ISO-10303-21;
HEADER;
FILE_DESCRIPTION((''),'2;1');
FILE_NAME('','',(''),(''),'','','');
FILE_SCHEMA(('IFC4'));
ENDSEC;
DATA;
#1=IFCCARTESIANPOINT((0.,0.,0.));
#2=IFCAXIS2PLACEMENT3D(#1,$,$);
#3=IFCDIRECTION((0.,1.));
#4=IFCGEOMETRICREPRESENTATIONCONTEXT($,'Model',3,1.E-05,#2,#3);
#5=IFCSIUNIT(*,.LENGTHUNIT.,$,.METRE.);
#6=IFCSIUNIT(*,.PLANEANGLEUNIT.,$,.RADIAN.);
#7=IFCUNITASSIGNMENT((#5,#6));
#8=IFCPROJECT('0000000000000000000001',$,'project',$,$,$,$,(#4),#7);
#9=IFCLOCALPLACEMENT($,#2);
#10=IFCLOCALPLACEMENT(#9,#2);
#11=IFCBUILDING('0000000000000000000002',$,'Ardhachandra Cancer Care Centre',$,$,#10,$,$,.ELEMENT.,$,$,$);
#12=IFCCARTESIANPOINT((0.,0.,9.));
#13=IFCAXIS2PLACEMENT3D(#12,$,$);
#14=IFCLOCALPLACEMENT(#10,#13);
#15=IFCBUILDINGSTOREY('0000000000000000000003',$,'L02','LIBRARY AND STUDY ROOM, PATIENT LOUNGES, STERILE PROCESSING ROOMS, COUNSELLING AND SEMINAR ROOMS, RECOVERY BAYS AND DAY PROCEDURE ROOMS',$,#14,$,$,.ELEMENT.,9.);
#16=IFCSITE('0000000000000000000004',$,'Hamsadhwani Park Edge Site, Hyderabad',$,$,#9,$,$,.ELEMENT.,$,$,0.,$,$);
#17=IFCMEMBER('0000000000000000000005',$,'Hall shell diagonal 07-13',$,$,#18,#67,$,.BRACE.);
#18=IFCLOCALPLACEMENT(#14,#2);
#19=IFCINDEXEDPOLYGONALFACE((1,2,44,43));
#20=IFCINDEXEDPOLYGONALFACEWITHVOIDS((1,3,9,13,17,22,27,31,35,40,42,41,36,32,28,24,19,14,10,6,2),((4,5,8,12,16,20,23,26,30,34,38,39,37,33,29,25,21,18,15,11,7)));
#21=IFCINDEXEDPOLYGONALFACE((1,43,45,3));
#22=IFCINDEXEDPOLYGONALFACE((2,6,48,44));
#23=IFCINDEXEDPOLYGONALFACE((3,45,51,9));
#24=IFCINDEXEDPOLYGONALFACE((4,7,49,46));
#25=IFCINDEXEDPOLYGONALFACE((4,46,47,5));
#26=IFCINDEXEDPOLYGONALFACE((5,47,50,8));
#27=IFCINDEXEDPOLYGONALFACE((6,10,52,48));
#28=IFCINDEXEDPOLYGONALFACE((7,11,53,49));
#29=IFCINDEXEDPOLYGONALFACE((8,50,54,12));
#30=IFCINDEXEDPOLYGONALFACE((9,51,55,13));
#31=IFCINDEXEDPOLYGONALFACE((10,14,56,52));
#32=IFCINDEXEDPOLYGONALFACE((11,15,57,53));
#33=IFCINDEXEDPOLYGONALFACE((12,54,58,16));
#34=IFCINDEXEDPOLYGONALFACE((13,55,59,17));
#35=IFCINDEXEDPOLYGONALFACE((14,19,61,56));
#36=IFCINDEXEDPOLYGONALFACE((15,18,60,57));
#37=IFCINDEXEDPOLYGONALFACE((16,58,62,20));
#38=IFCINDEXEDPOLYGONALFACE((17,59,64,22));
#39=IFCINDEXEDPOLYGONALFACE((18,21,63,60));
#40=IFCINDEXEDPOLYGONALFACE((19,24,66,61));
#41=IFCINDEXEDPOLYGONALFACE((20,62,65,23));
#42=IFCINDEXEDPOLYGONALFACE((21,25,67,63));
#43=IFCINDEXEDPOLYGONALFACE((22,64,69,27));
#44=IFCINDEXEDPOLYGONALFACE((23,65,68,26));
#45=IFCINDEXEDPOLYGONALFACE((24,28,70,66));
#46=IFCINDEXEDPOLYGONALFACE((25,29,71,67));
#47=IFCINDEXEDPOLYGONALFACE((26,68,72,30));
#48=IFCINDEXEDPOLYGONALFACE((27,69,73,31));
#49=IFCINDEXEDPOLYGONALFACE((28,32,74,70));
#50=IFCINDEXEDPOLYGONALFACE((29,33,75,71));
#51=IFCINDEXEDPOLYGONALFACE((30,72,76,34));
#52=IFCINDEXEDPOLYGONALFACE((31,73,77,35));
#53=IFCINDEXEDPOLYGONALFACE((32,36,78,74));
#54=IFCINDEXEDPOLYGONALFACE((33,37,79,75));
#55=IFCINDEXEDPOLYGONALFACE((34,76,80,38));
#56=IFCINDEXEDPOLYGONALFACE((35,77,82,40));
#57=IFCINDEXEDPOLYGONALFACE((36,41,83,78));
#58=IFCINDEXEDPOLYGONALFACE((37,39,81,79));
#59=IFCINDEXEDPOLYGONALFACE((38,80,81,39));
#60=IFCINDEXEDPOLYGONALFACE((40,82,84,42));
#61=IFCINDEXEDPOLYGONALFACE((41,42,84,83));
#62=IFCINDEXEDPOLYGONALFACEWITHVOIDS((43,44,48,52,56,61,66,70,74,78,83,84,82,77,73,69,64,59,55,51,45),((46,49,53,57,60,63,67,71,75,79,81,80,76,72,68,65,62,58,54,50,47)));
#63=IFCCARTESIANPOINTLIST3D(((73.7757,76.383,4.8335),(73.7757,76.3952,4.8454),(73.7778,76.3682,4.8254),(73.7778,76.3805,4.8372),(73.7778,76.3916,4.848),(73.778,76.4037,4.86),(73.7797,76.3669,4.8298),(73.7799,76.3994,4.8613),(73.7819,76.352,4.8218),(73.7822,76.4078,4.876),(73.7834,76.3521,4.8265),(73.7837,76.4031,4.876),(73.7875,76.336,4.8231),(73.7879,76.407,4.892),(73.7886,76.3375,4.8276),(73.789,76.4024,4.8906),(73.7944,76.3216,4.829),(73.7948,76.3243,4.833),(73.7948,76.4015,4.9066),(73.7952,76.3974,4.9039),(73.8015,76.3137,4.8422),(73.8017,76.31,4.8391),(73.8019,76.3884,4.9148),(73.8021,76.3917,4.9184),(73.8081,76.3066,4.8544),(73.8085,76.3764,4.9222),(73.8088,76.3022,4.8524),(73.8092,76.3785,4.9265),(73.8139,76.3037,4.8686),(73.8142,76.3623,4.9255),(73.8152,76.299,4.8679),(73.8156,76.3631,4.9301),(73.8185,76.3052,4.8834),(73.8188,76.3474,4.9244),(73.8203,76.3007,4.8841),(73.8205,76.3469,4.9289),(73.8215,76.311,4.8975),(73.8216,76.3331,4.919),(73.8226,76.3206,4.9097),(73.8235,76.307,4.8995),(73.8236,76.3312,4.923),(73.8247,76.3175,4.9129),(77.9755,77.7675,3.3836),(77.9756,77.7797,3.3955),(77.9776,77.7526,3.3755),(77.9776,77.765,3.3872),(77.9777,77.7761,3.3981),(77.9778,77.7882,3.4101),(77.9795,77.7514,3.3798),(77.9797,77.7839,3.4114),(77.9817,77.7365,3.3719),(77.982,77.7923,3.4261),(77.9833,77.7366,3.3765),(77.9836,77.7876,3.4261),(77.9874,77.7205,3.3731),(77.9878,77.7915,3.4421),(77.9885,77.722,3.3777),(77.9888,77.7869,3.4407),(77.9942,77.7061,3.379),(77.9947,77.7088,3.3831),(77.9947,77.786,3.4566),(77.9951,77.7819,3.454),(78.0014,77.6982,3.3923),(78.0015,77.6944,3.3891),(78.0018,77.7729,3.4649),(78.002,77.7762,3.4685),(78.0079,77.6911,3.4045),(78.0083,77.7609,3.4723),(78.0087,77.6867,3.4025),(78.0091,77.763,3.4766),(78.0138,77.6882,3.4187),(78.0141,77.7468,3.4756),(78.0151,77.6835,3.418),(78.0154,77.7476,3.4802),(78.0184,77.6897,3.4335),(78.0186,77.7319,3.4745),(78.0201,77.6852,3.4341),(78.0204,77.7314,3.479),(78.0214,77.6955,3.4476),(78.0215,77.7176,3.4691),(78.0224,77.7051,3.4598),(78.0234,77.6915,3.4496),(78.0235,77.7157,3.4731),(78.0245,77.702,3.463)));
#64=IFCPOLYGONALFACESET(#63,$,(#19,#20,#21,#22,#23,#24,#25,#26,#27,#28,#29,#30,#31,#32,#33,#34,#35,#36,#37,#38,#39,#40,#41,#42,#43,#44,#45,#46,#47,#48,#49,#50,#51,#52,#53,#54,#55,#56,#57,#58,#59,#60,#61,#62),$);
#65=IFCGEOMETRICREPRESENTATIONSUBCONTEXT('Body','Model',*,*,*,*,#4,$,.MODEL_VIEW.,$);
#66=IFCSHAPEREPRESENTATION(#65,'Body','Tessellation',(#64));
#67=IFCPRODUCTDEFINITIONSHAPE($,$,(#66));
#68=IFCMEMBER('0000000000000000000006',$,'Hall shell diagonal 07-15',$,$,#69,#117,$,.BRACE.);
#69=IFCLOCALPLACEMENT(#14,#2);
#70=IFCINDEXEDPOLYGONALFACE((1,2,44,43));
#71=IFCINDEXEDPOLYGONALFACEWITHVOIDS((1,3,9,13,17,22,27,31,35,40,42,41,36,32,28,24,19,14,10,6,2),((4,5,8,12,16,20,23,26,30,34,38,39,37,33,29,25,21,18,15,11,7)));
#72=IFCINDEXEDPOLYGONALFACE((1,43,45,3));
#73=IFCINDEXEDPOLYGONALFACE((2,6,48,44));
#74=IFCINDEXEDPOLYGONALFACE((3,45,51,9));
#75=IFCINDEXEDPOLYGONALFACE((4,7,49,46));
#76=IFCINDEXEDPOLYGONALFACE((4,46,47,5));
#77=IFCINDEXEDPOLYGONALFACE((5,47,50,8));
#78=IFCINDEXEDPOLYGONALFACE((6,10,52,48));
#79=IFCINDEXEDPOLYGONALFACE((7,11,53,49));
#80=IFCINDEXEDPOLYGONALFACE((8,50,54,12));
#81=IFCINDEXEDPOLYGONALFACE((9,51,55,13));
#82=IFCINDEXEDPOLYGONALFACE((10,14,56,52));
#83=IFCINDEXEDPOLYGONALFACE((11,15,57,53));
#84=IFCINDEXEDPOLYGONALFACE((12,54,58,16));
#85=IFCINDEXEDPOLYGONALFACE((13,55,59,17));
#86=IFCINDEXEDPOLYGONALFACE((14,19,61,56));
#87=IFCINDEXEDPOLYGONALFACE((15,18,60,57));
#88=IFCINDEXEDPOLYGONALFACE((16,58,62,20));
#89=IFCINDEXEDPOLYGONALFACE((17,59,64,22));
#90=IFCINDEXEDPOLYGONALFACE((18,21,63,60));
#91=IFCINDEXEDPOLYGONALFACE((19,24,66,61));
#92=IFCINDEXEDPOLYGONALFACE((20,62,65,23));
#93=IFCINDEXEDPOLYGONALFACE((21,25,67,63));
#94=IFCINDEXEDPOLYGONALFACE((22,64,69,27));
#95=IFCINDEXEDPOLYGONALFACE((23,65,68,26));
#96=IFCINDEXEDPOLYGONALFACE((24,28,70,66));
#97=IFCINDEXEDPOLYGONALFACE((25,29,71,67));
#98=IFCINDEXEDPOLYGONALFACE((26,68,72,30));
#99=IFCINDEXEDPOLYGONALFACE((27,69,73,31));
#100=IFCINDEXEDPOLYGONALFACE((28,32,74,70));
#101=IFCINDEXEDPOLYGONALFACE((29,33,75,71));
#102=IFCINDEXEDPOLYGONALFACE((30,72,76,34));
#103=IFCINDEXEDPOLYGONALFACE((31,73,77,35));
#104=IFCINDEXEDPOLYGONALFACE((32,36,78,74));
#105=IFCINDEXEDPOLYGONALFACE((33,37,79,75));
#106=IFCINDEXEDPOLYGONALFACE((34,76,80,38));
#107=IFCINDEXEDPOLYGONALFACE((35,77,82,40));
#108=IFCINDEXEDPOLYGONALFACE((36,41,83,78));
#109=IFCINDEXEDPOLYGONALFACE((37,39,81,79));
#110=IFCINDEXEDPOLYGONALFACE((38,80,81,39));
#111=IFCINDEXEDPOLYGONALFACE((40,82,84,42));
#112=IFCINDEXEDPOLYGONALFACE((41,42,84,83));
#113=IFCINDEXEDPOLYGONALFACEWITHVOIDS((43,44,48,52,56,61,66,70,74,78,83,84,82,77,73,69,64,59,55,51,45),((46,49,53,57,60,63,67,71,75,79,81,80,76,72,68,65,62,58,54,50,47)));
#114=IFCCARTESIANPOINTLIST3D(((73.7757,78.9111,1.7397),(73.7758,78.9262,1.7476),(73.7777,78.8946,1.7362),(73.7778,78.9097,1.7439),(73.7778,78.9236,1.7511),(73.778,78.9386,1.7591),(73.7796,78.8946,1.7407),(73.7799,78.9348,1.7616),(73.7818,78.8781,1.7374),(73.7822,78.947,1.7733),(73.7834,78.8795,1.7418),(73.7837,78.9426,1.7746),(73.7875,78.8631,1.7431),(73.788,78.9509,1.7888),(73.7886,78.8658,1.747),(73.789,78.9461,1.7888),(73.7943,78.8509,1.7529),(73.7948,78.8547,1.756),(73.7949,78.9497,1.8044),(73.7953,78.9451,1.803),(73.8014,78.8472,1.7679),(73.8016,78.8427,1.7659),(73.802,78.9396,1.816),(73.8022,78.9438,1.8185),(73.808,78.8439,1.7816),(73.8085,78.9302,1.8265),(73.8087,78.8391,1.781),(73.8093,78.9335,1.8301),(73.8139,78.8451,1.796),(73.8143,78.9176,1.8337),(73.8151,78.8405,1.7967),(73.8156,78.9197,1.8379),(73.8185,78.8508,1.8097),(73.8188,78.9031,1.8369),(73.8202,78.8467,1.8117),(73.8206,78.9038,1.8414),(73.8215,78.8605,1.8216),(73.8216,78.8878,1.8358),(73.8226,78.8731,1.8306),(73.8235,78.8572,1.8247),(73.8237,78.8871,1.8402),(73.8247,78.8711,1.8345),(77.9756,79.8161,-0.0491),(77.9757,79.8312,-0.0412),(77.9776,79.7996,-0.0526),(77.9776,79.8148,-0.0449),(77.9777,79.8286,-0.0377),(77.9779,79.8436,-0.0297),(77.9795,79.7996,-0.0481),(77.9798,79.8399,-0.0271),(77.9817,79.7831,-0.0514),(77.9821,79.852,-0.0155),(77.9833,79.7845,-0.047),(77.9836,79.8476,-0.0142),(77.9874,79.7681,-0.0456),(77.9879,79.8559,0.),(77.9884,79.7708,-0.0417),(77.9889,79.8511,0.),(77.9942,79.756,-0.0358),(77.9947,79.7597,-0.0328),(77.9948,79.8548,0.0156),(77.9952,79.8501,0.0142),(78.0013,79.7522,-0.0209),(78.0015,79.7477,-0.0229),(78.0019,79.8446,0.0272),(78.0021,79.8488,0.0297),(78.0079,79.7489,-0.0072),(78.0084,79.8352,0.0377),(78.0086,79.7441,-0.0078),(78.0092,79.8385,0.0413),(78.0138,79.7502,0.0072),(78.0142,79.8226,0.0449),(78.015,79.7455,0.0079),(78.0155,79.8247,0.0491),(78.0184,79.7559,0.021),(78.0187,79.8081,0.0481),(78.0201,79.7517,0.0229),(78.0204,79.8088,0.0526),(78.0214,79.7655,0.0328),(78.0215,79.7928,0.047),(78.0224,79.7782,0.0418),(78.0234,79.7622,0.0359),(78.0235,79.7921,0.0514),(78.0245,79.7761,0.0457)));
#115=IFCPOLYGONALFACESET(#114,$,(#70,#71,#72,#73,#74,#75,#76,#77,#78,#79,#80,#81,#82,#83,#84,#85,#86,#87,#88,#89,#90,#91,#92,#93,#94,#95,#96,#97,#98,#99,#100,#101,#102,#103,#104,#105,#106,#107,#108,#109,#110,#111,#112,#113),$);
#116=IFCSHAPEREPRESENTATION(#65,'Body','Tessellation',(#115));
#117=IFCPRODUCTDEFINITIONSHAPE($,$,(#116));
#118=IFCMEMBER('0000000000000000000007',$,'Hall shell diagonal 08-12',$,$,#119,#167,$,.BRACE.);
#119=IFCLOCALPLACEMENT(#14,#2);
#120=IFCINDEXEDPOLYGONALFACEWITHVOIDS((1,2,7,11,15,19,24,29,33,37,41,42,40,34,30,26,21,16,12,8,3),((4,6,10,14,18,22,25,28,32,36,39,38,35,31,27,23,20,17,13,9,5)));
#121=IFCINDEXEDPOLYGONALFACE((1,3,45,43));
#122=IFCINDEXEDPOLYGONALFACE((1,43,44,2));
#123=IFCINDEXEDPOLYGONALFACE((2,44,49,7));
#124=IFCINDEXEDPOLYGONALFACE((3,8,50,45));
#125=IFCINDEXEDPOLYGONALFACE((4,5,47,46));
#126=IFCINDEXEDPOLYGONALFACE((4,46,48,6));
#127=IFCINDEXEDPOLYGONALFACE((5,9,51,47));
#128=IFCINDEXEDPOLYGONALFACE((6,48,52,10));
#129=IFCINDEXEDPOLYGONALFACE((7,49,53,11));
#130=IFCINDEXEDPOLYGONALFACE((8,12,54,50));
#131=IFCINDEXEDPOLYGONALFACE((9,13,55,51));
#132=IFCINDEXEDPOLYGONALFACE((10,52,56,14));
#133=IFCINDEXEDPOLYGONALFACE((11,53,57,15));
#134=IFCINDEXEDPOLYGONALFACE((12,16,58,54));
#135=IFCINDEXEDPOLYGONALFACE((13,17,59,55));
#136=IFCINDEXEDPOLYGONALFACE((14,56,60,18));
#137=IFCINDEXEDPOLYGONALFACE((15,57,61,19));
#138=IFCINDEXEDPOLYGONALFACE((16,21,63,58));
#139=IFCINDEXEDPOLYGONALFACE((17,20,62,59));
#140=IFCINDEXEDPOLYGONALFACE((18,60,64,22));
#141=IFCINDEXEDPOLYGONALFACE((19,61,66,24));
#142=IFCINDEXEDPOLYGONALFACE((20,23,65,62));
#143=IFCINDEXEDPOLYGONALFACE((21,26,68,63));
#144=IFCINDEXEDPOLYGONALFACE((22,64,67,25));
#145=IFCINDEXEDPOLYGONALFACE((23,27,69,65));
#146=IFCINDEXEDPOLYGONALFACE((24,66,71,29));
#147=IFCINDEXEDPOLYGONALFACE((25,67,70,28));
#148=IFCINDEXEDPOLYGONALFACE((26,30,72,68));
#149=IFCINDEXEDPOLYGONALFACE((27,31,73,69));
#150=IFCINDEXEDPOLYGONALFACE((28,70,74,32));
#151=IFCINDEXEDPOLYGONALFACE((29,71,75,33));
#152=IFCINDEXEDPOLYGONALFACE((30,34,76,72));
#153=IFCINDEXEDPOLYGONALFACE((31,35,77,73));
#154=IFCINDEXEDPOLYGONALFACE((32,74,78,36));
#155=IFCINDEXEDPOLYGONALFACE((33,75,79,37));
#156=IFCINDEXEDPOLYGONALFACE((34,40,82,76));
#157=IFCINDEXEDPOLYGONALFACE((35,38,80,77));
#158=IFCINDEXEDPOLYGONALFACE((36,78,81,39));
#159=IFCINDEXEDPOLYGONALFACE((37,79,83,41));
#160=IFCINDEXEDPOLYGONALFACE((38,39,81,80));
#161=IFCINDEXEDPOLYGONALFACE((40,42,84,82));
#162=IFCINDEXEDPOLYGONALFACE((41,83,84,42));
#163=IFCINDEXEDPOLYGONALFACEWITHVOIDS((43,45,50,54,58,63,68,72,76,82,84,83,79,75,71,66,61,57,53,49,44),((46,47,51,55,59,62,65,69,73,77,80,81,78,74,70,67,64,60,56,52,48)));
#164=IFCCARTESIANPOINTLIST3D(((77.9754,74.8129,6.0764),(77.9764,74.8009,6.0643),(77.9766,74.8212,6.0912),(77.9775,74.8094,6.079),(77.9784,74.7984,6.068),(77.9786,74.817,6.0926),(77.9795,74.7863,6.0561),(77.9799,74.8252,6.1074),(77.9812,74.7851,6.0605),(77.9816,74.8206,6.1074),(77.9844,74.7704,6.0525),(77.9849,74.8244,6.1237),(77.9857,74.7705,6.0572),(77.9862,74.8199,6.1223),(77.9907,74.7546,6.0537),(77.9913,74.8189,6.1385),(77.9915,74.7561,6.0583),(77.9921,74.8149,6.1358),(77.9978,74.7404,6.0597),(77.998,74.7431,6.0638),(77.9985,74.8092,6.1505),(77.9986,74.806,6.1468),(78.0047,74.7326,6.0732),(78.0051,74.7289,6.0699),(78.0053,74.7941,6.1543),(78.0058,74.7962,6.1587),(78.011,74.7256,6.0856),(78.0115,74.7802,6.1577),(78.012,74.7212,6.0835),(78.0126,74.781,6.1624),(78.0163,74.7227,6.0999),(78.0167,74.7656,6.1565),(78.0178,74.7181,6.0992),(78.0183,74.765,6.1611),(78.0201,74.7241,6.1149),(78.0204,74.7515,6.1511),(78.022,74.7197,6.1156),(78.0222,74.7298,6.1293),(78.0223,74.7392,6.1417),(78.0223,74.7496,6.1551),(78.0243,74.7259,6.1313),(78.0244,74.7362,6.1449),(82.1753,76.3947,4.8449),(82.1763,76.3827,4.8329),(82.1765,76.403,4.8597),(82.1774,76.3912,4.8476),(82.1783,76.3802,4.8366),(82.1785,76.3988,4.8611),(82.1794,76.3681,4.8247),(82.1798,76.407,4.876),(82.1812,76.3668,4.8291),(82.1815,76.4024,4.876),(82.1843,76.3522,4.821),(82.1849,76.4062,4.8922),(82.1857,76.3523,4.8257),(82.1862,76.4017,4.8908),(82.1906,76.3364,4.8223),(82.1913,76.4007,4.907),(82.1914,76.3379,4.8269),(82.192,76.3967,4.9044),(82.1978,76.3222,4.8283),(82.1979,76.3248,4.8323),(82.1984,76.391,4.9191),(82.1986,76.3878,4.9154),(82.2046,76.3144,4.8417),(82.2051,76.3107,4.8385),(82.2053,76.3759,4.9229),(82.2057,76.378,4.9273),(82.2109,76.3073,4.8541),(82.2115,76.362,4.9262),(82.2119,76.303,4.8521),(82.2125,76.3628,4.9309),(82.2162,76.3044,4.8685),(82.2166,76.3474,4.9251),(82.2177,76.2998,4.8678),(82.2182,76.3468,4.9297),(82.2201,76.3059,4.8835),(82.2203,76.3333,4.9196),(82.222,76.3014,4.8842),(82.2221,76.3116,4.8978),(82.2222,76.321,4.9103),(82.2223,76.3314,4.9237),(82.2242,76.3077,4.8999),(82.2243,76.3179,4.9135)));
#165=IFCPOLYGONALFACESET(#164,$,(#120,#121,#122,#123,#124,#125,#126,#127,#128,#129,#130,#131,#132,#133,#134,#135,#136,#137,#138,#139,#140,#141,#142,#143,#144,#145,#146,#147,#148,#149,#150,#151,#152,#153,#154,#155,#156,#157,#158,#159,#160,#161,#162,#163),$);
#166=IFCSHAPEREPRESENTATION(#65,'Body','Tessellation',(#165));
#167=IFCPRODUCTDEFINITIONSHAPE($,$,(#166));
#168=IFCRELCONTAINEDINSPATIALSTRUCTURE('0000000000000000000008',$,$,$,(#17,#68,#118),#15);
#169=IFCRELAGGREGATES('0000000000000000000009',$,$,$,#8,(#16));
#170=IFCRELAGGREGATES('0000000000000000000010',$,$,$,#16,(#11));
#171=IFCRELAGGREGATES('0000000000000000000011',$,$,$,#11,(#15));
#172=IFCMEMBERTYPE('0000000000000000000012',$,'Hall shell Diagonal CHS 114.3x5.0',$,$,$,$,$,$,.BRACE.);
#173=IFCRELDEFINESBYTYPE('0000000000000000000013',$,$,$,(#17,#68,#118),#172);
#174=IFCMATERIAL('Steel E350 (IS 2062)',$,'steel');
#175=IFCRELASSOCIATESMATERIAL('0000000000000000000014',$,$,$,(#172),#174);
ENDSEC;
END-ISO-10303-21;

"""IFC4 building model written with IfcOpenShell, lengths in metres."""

from ifc_helpers import new_model, si_unit, direction, frame, origin, origin_2d, place, context, subcontext, project, spatial, hollow_circle, extrude, material, material_profile, profile_set, type_object, element, save


model = new_model("IFC4")

# Units and contexts
model_context = context("Model", 3, precision=1e-05, world=origin(), true_north=direction((0.0, 1.0)))
body_context = subcontext(model_context, "Body", "Model", "MODEL_VIEW")
ifc_project = project(units=[si_unit("LENGTHUNIT", "METRE"), si_unit("PLANEANGLEUNIT", "RADIAN")], contexts=[model_context])

# Site, building, storey
site_placement = place(None, origin())
site = spatial("IfcSite", under=ifc_project, at=site_placement, Name="Hamsadhwani Park Edge Site, Hyderabad", CompositionType="ELEMENT", RefElevation=0.0)
building_placement = place(site_placement, origin())
building = spatial("IfcBuilding", under=site, at=building_placement, Name="Ardhachandra Cancer Care Centre", CompositionType="ELEMENT")
storey_placement = place(building_placement, frame((0.0, 0.0, 9.0)))
storey = spatial("IfcBuildingStorey", under=building, at=storey_placement, Name="L02", Description="LIBRARY AND STUDY ROOM, PATIENT LOUNGES, STERILE PROCESSING ROOMS, COUNSELLING AND SEMINAR ROOMS, RECOVERY BAYS AND DAY PROCEDURE ROOMS", CompositionType="ELEMENT", Elevation=9.0)

# Members
ifc_material_1 = material(Name="Steel E350 (IS 2062)", Category="steel")
ifc_material_profile_1 = material_profile(ifc_material_1, hollow_circle(Radius=0.0571, WallThickness=0.0049, at=origin_2d()), Name="CHS 114.3x5.0")
ifc_profile_set_1 = profile_set([ifc_material_profile_1], Name="Steel E350 (IS 2062)")
member_type_1 = type_object("IfcMemberType", Name="Hall shell Diagonal CHS 114.3x5.0", PredefinedType="BRACE", material=ifc_profile_set_1)
for number, where, z_axis, x_axis, name in (
    (1, (73.8, 76.3535, 4.876), (0.902457, 0.297497, -0.311556), (-0.313079, 0.949727, 0.0), "Hall shell diagonal 07-13"),
    (2, (73.8, 78.895, 1.7888), (0.902464, 0.194468, -0.384372), (-0.21065, 0.977561, 0.0), "Hall shell diagonal 07-15"),
    (3, (78.0, 74.7717, 6.1074), (0.902473, 0.33989, -0.264609), (-0.352453, 0.93583, 0.0), "Hall shell diagonal 08-12"),
):
    element("IfcMember", number, at=place(storey_placement, frame(where, z_axis=z_axis, x_axis=x_axis)), inside=storey, type_object=member_type_1, Name=name, PredefinedType="BRACE", context=body_context, shape_type="SweptSolid", body=[
        extrude(hollow_circle(Radius=0.0571, WallThickness=0.0049, at=origin_2d()), origin(), (0.0, 0.0, 1.0), 4.6538),
    ])

save(model, "model.ifc")
